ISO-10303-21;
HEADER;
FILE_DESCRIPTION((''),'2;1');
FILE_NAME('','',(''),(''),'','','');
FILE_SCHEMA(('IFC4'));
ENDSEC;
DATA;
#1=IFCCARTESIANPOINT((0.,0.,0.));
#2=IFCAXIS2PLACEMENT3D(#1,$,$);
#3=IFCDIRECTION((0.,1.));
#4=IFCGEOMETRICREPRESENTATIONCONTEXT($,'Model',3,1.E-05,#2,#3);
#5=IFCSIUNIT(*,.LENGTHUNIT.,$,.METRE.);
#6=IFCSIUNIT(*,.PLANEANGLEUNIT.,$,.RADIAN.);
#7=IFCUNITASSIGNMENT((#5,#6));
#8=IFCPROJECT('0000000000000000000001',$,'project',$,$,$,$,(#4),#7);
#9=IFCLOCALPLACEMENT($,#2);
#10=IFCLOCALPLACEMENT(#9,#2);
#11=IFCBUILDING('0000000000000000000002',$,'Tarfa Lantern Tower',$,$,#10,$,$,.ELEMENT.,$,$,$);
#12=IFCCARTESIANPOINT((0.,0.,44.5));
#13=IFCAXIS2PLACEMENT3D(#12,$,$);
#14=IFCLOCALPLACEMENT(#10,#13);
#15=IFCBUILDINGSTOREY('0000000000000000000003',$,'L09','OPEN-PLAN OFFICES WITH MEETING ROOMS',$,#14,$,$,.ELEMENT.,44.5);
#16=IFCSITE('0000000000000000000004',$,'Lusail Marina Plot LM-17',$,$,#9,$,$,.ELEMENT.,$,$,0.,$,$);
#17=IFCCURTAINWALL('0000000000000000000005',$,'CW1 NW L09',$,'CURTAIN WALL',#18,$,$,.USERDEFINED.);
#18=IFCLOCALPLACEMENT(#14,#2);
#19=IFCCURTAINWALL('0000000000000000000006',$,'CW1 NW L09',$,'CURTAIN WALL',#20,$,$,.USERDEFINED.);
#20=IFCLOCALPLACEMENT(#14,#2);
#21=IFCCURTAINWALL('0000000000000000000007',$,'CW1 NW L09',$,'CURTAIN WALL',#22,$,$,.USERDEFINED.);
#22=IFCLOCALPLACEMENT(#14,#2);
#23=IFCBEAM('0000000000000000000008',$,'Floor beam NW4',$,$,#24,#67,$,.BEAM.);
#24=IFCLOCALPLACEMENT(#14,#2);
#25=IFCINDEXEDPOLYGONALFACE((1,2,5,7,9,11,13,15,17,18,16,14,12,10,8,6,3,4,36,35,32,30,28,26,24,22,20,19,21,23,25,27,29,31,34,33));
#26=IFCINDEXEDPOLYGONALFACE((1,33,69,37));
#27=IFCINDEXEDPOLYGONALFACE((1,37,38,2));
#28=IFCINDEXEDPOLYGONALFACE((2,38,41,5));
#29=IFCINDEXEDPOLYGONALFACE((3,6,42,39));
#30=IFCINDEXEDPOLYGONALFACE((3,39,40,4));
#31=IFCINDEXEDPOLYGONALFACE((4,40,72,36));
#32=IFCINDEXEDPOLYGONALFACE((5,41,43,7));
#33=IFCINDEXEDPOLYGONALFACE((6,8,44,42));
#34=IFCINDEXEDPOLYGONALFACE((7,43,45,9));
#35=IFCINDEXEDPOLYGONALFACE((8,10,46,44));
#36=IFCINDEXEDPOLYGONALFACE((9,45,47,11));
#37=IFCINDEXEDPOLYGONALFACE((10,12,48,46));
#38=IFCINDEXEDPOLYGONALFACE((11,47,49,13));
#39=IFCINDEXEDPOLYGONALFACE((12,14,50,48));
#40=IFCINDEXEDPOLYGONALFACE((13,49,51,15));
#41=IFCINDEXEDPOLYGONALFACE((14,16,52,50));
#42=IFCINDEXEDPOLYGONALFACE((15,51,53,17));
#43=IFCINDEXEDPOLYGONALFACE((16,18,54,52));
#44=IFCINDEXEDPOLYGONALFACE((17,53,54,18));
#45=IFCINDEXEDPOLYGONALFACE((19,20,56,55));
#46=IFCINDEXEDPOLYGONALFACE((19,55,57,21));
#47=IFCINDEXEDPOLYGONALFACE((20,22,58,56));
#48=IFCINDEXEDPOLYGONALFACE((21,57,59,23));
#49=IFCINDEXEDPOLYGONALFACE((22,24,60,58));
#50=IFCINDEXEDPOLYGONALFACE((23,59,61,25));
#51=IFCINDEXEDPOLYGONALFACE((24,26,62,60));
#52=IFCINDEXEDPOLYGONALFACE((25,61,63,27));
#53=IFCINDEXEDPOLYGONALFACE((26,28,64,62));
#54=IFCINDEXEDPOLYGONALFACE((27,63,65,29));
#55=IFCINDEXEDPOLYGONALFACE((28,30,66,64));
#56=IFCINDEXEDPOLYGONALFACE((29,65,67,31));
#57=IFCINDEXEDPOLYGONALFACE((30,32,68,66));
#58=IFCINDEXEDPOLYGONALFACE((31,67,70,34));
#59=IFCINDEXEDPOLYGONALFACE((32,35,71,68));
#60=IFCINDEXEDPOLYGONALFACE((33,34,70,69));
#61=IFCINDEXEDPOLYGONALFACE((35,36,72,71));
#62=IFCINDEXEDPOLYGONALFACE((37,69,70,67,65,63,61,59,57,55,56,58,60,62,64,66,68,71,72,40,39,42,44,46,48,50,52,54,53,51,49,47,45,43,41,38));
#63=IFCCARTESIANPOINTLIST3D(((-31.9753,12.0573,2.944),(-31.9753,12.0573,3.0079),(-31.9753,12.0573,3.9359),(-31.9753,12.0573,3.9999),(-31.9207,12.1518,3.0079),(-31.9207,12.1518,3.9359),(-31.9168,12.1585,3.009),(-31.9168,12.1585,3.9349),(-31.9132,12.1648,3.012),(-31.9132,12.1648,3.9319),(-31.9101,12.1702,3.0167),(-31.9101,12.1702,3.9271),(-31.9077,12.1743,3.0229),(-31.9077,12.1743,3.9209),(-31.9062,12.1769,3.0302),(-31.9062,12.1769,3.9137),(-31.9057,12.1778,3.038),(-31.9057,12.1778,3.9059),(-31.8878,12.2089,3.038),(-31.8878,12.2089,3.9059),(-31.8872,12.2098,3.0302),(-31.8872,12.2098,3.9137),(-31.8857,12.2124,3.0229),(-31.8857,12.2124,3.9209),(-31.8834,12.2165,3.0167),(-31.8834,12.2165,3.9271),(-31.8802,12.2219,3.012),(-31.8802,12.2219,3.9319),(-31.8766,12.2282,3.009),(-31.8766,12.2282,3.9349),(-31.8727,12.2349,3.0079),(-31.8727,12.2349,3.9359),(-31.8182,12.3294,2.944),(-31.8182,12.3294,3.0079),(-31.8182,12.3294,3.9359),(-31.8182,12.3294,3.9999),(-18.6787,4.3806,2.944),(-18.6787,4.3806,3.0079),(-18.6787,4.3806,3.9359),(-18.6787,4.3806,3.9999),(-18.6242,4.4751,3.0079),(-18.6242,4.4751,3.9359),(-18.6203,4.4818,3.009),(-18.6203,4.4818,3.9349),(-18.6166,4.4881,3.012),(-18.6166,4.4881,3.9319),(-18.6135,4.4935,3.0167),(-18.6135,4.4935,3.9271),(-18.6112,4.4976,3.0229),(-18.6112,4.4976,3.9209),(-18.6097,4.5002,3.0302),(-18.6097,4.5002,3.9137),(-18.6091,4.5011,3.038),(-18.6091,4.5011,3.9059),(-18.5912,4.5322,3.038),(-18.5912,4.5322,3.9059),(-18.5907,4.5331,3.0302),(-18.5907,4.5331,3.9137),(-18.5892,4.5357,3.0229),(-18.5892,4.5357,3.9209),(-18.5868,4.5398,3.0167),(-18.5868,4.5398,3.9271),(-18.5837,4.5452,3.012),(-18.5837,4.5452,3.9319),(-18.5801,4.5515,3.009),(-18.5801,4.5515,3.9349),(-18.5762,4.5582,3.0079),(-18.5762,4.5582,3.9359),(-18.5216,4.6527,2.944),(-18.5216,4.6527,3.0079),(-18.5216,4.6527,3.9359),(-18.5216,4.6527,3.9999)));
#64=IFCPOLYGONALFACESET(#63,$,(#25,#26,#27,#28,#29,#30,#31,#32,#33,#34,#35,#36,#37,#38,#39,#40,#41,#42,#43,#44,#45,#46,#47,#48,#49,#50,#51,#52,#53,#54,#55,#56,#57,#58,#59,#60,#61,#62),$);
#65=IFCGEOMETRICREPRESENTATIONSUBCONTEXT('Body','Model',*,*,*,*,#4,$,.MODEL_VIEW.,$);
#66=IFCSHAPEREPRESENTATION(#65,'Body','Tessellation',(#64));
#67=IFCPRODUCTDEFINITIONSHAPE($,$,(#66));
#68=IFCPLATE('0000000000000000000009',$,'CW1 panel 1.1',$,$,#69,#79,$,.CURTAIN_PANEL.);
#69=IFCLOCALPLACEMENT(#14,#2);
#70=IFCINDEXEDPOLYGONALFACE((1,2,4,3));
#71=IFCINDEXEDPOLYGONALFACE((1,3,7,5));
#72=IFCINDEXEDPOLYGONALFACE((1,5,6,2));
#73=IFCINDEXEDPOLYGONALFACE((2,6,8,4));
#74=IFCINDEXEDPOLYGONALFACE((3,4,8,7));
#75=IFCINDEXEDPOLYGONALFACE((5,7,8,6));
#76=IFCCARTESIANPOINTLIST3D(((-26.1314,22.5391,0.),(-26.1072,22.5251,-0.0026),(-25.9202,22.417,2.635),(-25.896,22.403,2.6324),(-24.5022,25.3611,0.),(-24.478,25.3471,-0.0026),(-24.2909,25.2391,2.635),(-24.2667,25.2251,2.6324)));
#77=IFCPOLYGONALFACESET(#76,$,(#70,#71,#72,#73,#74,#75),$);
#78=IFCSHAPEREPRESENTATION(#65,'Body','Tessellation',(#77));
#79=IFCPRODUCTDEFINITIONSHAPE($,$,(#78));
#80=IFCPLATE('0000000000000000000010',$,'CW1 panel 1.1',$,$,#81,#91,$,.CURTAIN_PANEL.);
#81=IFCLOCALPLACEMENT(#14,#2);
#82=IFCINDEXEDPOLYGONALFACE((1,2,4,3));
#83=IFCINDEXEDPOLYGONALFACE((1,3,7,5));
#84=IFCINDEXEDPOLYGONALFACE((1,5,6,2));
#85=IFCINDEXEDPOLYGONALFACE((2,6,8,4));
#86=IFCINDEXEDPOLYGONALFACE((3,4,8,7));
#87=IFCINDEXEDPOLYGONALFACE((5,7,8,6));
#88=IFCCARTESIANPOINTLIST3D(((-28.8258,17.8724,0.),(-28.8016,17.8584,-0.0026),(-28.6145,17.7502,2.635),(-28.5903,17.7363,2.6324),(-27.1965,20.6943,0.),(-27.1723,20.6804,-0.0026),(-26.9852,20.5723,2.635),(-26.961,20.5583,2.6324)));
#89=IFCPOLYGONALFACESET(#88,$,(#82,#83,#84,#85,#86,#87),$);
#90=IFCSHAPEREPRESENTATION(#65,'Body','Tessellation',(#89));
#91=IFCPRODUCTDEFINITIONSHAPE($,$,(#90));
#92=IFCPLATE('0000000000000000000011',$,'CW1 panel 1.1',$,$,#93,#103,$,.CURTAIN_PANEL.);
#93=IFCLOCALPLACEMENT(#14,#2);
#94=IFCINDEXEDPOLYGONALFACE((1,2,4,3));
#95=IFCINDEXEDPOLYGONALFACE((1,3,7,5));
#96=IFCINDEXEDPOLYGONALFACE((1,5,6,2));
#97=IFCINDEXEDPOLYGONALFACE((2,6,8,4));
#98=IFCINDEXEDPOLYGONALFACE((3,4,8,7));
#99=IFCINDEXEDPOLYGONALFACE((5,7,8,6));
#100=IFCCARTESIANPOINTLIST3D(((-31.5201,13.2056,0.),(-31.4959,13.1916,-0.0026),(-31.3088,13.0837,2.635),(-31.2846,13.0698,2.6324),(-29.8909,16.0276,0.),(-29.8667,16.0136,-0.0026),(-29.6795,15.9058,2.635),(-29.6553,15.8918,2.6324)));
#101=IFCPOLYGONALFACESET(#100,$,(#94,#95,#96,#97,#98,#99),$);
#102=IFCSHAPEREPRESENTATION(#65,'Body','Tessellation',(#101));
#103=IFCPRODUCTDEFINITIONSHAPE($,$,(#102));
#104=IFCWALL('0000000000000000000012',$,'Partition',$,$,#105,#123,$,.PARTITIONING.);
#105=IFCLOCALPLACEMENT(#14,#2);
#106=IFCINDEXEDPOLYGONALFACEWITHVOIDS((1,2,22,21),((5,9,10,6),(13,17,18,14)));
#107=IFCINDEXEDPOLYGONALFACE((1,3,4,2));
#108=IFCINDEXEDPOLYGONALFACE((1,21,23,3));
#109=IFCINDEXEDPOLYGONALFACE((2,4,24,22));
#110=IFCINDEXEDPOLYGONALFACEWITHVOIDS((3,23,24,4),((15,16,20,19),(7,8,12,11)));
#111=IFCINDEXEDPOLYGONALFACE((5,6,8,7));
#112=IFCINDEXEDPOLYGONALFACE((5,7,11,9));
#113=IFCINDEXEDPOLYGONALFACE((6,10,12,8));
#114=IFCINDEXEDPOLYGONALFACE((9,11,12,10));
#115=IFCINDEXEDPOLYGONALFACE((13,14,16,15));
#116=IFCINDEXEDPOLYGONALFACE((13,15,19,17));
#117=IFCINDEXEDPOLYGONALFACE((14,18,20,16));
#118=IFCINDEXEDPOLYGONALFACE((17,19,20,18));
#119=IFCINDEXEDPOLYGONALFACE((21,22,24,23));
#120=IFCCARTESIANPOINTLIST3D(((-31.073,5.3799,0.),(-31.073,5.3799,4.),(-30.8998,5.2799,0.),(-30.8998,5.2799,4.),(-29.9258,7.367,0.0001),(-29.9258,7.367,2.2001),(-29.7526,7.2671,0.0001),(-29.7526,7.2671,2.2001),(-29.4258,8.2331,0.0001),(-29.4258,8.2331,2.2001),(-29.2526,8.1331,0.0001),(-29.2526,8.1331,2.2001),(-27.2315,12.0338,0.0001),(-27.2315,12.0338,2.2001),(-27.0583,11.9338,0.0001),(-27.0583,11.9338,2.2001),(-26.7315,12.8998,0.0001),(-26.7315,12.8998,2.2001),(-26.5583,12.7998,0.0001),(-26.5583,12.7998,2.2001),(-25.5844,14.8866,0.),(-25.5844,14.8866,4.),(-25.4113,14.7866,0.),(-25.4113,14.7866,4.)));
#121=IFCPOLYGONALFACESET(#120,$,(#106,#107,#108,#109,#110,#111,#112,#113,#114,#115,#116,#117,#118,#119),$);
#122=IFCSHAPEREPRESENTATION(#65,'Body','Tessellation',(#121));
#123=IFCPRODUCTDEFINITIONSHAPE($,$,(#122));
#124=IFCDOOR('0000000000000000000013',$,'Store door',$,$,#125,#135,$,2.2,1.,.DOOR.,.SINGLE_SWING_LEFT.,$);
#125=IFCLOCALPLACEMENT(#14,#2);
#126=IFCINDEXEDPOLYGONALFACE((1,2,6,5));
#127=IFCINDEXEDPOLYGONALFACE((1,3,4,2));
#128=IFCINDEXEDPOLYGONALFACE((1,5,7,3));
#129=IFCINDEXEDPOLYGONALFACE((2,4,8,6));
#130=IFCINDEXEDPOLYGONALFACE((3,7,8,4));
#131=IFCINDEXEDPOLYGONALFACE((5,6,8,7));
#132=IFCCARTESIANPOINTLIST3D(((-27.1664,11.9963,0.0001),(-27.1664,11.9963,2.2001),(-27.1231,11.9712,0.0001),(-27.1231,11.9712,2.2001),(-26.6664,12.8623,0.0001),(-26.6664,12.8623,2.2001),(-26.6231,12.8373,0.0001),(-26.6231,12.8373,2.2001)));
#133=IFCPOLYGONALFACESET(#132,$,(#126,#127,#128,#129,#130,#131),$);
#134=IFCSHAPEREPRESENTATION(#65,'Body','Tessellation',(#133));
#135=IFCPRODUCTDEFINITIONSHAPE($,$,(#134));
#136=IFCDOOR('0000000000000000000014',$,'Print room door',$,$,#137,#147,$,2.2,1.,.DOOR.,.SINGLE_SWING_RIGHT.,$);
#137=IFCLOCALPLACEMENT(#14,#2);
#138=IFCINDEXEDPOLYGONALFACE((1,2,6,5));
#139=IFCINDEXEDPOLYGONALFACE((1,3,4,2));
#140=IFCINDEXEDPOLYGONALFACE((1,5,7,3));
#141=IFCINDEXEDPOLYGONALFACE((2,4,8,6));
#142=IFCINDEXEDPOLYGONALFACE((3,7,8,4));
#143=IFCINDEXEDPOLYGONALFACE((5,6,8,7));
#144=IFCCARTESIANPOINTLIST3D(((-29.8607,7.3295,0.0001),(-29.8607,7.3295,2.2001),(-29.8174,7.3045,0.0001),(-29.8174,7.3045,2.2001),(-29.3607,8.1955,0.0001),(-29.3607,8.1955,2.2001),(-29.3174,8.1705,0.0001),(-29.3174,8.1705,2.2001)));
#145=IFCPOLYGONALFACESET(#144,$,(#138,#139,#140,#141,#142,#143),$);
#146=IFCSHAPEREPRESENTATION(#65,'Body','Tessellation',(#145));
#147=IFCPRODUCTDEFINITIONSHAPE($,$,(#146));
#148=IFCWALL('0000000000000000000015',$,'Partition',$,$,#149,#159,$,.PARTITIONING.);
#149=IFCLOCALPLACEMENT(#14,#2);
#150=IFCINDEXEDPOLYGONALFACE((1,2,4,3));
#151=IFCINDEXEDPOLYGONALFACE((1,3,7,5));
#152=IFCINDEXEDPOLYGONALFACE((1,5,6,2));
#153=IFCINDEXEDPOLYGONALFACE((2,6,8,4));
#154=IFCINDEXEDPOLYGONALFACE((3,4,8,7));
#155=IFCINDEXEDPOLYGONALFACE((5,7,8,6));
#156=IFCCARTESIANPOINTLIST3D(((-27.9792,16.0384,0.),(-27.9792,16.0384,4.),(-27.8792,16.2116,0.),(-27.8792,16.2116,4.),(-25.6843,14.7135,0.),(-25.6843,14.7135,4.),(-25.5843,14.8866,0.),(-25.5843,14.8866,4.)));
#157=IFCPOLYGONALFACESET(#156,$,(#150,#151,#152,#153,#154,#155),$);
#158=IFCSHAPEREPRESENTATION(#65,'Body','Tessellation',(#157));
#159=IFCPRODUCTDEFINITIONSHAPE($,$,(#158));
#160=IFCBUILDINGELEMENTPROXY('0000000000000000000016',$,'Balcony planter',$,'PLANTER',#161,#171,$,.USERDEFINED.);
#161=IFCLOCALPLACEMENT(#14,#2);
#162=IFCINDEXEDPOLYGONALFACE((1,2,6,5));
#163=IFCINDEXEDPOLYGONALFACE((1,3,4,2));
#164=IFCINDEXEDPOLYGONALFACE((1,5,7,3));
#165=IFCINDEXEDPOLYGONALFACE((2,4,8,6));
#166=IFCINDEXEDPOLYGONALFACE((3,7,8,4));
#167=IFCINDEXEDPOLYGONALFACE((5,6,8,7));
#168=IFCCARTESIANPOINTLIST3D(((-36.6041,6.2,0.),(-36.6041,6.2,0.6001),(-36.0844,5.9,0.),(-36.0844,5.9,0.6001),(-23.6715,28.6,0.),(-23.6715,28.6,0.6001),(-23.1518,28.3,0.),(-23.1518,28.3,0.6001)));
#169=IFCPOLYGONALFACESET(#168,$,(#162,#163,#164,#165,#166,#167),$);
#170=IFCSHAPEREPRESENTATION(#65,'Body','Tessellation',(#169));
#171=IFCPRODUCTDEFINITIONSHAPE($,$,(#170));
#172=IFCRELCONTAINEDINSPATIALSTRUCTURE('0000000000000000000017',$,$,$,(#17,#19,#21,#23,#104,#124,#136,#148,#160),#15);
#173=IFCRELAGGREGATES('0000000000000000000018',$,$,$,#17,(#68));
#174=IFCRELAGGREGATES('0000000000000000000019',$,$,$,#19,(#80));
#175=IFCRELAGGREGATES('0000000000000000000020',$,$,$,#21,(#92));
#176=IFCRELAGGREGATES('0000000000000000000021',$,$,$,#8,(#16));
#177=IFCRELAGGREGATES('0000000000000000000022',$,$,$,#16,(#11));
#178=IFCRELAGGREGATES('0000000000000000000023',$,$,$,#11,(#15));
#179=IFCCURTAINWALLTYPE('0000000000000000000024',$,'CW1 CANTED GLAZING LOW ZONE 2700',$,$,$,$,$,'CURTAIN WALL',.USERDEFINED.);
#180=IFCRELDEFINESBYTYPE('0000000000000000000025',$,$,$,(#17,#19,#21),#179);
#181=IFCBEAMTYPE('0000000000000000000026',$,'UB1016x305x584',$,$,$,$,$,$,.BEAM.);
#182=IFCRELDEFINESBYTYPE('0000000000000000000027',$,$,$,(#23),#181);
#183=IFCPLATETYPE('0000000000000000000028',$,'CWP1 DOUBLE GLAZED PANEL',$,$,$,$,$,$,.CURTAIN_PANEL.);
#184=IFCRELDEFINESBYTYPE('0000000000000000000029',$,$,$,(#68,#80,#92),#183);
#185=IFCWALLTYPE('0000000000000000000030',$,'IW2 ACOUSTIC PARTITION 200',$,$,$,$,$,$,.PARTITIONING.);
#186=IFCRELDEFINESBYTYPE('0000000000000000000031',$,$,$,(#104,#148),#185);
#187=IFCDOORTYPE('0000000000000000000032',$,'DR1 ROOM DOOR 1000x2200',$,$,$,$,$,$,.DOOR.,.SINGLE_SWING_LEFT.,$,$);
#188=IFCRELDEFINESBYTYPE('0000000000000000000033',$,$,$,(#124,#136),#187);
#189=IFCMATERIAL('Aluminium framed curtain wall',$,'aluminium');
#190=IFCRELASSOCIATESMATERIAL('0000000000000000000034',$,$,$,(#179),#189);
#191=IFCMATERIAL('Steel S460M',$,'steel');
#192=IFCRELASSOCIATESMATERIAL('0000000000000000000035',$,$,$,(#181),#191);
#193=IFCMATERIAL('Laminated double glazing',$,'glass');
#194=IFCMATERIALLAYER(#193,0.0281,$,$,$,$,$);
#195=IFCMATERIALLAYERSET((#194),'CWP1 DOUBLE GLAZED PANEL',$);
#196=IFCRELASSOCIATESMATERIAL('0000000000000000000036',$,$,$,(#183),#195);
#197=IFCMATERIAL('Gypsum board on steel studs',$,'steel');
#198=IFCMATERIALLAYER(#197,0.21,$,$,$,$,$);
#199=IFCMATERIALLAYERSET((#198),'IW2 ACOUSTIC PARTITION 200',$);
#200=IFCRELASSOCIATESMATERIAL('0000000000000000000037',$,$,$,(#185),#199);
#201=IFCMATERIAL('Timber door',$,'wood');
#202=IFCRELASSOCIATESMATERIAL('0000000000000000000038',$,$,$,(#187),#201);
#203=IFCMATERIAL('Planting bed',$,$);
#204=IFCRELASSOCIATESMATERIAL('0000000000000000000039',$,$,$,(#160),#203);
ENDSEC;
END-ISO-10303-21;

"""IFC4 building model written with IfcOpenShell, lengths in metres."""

from ifc_helpers import new_model, si_unit, direction, frame, frame_2d, origin, origin_2d, place, context, subcontext, project, spatial, polyline, rectangle, i_section, outline, extrude, material, layer, layer_set, material_profile, profile_set, type_object, element, fill, aggregate, save


model = new_model("IFC4")

# Units and contexts
model_context = context("Model", 3, precision=1e-05, world=origin(), true_north=direction((0.0, 1.0)))
body_context = subcontext(model_context, "Body", "Model", "MODEL_VIEW")
ifc_project = project(units=[si_unit("LENGTHUNIT", "METRE"), si_unit("PLANEANGLEUNIT", "RADIAN")], contexts=[model_context])

# Site, building, storey
site_placement = place(None, origin())
site = spatial("IfcSite", under=ifc_project, at=site_placement, Name="Lusail Marina Plot LM-17", CompositionType="ELEMENT", RefElevation=0.0)
building_placement = place(site_placement, origin())
building = spatial("IfcBuilding", under=site, at=building_placement, Name="Tarfa Lantern Tower", CompositionType="ELEMENT")
storey_placement = place(building_placement, frame((0.0, 0.0, 44.5)))
storey = spatial("IfcBuildingStorey", under=building, at=storey_placement, Name="L09", Description="OPEN-PLAN OFFICES WITH MEETING ROOMS", CompositionType="ELEMENT", Elevation=44.5)

# Curtain walls
ifc_material_1 = material(Name="Aluminium framed curtain wall", Category="aluminium")
curtain_wall_type = type_object("IfcCurtainWallType", Name="CW1 CANTED GLAZING LOW ZONE 2700", ElementType="CURTAIN WALL", PredefinedType="USERDEFINED", material=ifc_material_1)
curtain_wall_1_placement = place(storey_placement, origin())
curtain_wall_1 = element("IfcCurtainWall", 1, at=curtain_wall_1_placement, inside=storey, type_object=curtain_wall_type, Name="CW1 NW L09", ObjectType="CURTAIN WALL", PredefinedType="USERDEFINED")
curtain_wall_2_placement = place(storey_placement, origin())
curtain_wall_2 = element("IfcCurtainWall", 2, at=curtain_wall_2_placement, inside=storey, type_object=curtain_wall_type, Name="CW1 NW L09", ObjectType="CURTAIN WALL", PredefinedType="USERDEFINED")
curtain_wall_3_placement = place(storey_placement, origin())
curtain_wall_3 = element("IfcCurtainWall", 3, at=curtain_wall_3_placement, inside=storey, type_object=curtain_wall_type, Name="CW1 NW L09", ObjectType="CURTAIN WALL", PredefinedType="USERDEFINED")

# Beam
ifc_material_2 = material(Name="Steel S460M", Category="steel")
ifc_material_profile_1 = material_profile(ifc_material_2, i_section(OverallWidth=0.3142, OverallDepth=1.0559, WebThickness=0.0359, FlangeThickness=0.064, FilletRadius=0.03, at=origin_2d()), Name="UB1016x305x584")
ifc_profile_set_1 = profile_set([ifc_material_profile_1], Name="Steel S460M")
beam_type_1 = type_object("IfcBeamType", Name="UB1016x305x584", PredefinedType="BEAM", material=ifc_profile_set_1)
beam_1_placement = place(storey_placement, frame((-31.8967, 12.1934, 3.4719), z_axis=(0.866027, -0.499997, 0.0), x_axis=(0.499997, 0.866027, 0.0)))
element("IfcBeam", 4, at=beam_1_placement, inside=storey, type_object=beam_type_1, Name="Floor beam NW4", PredefinedType="BEAM", context=body_context, shape_type="SweptSolid", body=[
    extrude(i_section(OverallWidth=0.3142, OverallDepth=1.0559, WebThickness=0.0359, FlangeThickness=0.064, FilletRadius=0.03, at=origin_2d()), origin(), (0.0, 0.0, 1.0), 15.3535),
])

# Plates
ifc_material_3 = material(Name="Laminated double glazing", Category="glass")
ifc_layer_1 = layer(ifc_material_3, 0.0281)
ifc_layer_set_1 = layer_set([ifc_layer_1], Name="CWP1 DOUBLE GLAZED PANEL")
plate_type = type_object("IfcPlateType", Name="CWP1 DOUBLE GLAZED PANEL", PredefinedType="CURTAIN_PANEL", material=ifc_layer_set_1)
plate_1_placement = place(storey_placement, frame((-24.5022, 25.3611, 0.0), z_axis=(-0.862338, 0.497864, 0.092216), x_axis=(-0.499995, -0.866029, 0.000003)))
plate_1 = element("IfcPlate", 5, at=plate_1_placement, type_object=plate_type, Name="CW1 panel 1.1", PredefinedType="CURTAIN_PANEL", context=body_context, shape_type="SweptSolid", body=[
    extrude(outline(polyline([(0.0, 0.0), (3.2585, 0.0), (3.2587, 2.6463), (0.0, 2.6463), (0.0, 0.0)])), origin(), (0.0, 0.0, -1.0), 0.0281),
])
aggregate(curtain_wall_1, [plate_1])
plate_2_placement = place(storey_placement, frame((-27.1965, 20.6943, 0.0), z_axis=(-0.862338, 0.497864, 0.092216), x_axis=(-0.499995, -0.866029, 0.000003)))
plate_2 = element("IfcPlate", 6, at=plate_2_placement, type_object=plate_type, Name="CW1 panel 1.1", PredefinedType="CURTAIN_PANEL", context=body_context, shape_type="SweptSolid", body=[
    extrude(outline(polyline([(0.0, 0.0), (3.2585, 0.0), (3.2587, 2.6463), (0.0, 2.6463), (0.0, 0.0)])), origin(), (0.0, 0.0, -1.0), 0.0281),
])
aggregate(curtain_wall_2, [plate_2])
plate_3_placement = place(storey_placement, frame((-29.8909, 16.0276, 0.0), z_axis=(-0.862342, 0.497867, 0.09217), x_axis=(-0.499995, -0.866029, 0.000003)))
plate_3 = element("IfcPlate", 7, at=plate_3_placement, type_object=plate_type, Name="CW1 panel 1.1", PredefinedType="CURTAIN_PANEL", context=body_context, shape_type="SweptSolid", body=[
    extrude(outline(polyline([(0.0, 0.0), (3.2585, 0.0), (3.2584, 2.6463), (-0.0002, 2.6463), (0.0, 0.0)])), origin(), (0.0, 0.0, -1.0), 0.0281),
])
aggregate(curtain_wall_3, [plate_3])

# Wall, openings, doors
ifc_material_4 = material(Name="Gypsum board on steel studs", Category="steel")
ifc_layer_2 = layer(ifc_material_4, 0.21)
ifc_layer_set_2 = layer_set([ifc_layer_2], Name="IW2 ACOUSTIC PARTITION 200")
wall_type = type_object("IfcWallType", Name="IW2 ACOUSTIC PARTITION 200", PredefinedType="PARTITIONING", material=ifc_layer_set_2)
wall_1_placement = place(storey_placement, frame((-25.4978, 14.8367, 0.0), z_axis=(0.0, 0.0, 1.0), x_axis=(-0.499993, -0.86603, 0.0)))
wall_1 = element("IfcWall", 8, at=wall_1_placement, inside=storey, type_object=wall_type, Name="Partition", PredefinedType="PARTITIONING", context=body_context, shape_type="SweptSolid", body=[
    extrude(rectangle(XDim=10.9773, YDim=0.2, at=frame_2d((5.4888, 0.0))), origin(), (0.0, 0.0, 1.0), 4.0),
])
opening_1_placement = place(wall_1_placement, frame((2.2942, 0.0, 0.0)))
opening_1 = element("IfcOpeningElement", 9, at=opening_1_placement, cuts=wall_1, PredefinedType="OPENING", context=body_context, shape_type="SweptSolid", body=[
    extrude(rectangle(XDim=1.0, YDim=2.2, at=frame_2d((0.5, 1.1001))), frame((0.0, 0.1099, 0.0), z_axis=(0.0, -1.0, 0.0), x_axis=(1.0, 0.0, 0.0)), (0.0, 0.0, 1.0), 0.22),
])
opening_2_placement = place(wall_1_placement, frame((7.6829, 0.0, 0.0)))
opening_2 = element("IfcOpeningElement", 10, at=opening_2_placement, cuts=wall_1, PredefinedType="OPENING", context=body_context, shape_type="SweptSolid", body=[
    extrude(rectangle(XDim=1.0, YDim=2.2, at=frame_2d((0.5, 1.1001))), frame((0.0, 0.1099, 0.0), z_axis=(0.0, -1.0, 0.0), x_axis=(1.0, 0.0, 0.0)), (0.0, 0.0, 1.0), 0.22),
])
ifc_material_5 = material(Name="Timber door", Category="wood")
door_type = type_object("IfcDoorType", Name="DR1 ROOM DOOR 1000x2200", OperationType="SINGLE_SWING_LEFT", PredefinedType="DOOR", material=ifc_material_5)
door_1_placement = place(opening_1_placement, frame((1.0, 0.0, 0.0), z_axis=(0.0, 0.0, 1.0), x_axis=(-1.0, 0.0, 0.0)))
door_1 = element("IfcDoor", 11, at=door_1_placement, inside=storey, type_object=door_type, Name="Store door", OperationType="SINGLE_SWING_LEFT", OverallHeight=2.2, OverallWidth=1.0, PredefinedType="DOOR", context=body_context, shape_type="SweptSolid", body=[
    extrude(rectangle(XDim=1.0, YDim=2.2, at=frame_2d((0.5, 1.1001))), frame((0.0, 0.0249, 0.0), z_axis=(0.0, -1.0, 0.0), x_axis=(1.0, 0.0, 0.0)), (0.0, 0.0, 1.0), 0.05),
])
fill(opening_1, door_1)
door_2_placement = place(opening_2_placement, frame((1.0, 0.0, 0.0), z_axis=(0.0, 0.0, 1.0), x_axis=(-1.0, 0.0, 0.0)))
door_2 = element("IfcDoor", 12, at=door_2_placement, inside=storey, type_object=door_type, Name="Print room door", OperationType="SINGLE_SWING_RIGHT", OverallHeight=2.2, OverallWidth=1.0, PredefinedType="DOOR", context=body_context, shape_type="SweptSolid", body=[
    extrude(rectangle(XDim=1.0, YDim=2.2, at=frame_2d((0.5, 1.1001))), frame((0.0, 0.0249, 0.0), z_axis=(0.0, -1.0, 0.0), x_axis=(1.0, 0.0, 0.0)), (0.0, 0.0, 1.0), 0.05),
])
fill(opening_2, door_2)

# Wall
wall_2_placement = place(storey_placement, frame((-25.6343, 14.8, 0.0), z_axis=(0.0, 0.0, 1.0), x_axis=(-0.866029, 0.499994, 0.0)))
element("IfcWall", 13, at=wall_2_placement, inside=storey, type_object=wall_type, Name="Partition", PredefinedType="PARTITIONING", context=body_context, shape_type="SweptSolid", body=[
    extrude(rectangle(XDim=2.6499, YDim=0.2, at=frame_2d((1.325, 0.0))), origin(), (0.0, 0.0, 1.0), 4.0),
])

# Building element proxy
ifc_material_6 = material(Name="Planting bed")
proxy_placement = place(storey_placement, frame((-29.8779, 17.25, 0.0), z_axis=(0.0, 0.0, 1.0), x_axis=(-0.5, -0.866025, 0.0)))
element("IfcBuildingElementProxy", 14, at=proxy_placement, inside=storey, material=ifc_material_6, Name="Balcony planter", ObjectType="PLANTER", PredefinedType="USERDEFINED", context=body_context, shape_type="SweptSolid", body=[
    extrude(rectangle(XDim=25.8652, YDim=0.6001, at=origin_2d()), origin(), (0.0, 0.0, 1.0), 0.6001),
])

save(model, "model.ifc")
